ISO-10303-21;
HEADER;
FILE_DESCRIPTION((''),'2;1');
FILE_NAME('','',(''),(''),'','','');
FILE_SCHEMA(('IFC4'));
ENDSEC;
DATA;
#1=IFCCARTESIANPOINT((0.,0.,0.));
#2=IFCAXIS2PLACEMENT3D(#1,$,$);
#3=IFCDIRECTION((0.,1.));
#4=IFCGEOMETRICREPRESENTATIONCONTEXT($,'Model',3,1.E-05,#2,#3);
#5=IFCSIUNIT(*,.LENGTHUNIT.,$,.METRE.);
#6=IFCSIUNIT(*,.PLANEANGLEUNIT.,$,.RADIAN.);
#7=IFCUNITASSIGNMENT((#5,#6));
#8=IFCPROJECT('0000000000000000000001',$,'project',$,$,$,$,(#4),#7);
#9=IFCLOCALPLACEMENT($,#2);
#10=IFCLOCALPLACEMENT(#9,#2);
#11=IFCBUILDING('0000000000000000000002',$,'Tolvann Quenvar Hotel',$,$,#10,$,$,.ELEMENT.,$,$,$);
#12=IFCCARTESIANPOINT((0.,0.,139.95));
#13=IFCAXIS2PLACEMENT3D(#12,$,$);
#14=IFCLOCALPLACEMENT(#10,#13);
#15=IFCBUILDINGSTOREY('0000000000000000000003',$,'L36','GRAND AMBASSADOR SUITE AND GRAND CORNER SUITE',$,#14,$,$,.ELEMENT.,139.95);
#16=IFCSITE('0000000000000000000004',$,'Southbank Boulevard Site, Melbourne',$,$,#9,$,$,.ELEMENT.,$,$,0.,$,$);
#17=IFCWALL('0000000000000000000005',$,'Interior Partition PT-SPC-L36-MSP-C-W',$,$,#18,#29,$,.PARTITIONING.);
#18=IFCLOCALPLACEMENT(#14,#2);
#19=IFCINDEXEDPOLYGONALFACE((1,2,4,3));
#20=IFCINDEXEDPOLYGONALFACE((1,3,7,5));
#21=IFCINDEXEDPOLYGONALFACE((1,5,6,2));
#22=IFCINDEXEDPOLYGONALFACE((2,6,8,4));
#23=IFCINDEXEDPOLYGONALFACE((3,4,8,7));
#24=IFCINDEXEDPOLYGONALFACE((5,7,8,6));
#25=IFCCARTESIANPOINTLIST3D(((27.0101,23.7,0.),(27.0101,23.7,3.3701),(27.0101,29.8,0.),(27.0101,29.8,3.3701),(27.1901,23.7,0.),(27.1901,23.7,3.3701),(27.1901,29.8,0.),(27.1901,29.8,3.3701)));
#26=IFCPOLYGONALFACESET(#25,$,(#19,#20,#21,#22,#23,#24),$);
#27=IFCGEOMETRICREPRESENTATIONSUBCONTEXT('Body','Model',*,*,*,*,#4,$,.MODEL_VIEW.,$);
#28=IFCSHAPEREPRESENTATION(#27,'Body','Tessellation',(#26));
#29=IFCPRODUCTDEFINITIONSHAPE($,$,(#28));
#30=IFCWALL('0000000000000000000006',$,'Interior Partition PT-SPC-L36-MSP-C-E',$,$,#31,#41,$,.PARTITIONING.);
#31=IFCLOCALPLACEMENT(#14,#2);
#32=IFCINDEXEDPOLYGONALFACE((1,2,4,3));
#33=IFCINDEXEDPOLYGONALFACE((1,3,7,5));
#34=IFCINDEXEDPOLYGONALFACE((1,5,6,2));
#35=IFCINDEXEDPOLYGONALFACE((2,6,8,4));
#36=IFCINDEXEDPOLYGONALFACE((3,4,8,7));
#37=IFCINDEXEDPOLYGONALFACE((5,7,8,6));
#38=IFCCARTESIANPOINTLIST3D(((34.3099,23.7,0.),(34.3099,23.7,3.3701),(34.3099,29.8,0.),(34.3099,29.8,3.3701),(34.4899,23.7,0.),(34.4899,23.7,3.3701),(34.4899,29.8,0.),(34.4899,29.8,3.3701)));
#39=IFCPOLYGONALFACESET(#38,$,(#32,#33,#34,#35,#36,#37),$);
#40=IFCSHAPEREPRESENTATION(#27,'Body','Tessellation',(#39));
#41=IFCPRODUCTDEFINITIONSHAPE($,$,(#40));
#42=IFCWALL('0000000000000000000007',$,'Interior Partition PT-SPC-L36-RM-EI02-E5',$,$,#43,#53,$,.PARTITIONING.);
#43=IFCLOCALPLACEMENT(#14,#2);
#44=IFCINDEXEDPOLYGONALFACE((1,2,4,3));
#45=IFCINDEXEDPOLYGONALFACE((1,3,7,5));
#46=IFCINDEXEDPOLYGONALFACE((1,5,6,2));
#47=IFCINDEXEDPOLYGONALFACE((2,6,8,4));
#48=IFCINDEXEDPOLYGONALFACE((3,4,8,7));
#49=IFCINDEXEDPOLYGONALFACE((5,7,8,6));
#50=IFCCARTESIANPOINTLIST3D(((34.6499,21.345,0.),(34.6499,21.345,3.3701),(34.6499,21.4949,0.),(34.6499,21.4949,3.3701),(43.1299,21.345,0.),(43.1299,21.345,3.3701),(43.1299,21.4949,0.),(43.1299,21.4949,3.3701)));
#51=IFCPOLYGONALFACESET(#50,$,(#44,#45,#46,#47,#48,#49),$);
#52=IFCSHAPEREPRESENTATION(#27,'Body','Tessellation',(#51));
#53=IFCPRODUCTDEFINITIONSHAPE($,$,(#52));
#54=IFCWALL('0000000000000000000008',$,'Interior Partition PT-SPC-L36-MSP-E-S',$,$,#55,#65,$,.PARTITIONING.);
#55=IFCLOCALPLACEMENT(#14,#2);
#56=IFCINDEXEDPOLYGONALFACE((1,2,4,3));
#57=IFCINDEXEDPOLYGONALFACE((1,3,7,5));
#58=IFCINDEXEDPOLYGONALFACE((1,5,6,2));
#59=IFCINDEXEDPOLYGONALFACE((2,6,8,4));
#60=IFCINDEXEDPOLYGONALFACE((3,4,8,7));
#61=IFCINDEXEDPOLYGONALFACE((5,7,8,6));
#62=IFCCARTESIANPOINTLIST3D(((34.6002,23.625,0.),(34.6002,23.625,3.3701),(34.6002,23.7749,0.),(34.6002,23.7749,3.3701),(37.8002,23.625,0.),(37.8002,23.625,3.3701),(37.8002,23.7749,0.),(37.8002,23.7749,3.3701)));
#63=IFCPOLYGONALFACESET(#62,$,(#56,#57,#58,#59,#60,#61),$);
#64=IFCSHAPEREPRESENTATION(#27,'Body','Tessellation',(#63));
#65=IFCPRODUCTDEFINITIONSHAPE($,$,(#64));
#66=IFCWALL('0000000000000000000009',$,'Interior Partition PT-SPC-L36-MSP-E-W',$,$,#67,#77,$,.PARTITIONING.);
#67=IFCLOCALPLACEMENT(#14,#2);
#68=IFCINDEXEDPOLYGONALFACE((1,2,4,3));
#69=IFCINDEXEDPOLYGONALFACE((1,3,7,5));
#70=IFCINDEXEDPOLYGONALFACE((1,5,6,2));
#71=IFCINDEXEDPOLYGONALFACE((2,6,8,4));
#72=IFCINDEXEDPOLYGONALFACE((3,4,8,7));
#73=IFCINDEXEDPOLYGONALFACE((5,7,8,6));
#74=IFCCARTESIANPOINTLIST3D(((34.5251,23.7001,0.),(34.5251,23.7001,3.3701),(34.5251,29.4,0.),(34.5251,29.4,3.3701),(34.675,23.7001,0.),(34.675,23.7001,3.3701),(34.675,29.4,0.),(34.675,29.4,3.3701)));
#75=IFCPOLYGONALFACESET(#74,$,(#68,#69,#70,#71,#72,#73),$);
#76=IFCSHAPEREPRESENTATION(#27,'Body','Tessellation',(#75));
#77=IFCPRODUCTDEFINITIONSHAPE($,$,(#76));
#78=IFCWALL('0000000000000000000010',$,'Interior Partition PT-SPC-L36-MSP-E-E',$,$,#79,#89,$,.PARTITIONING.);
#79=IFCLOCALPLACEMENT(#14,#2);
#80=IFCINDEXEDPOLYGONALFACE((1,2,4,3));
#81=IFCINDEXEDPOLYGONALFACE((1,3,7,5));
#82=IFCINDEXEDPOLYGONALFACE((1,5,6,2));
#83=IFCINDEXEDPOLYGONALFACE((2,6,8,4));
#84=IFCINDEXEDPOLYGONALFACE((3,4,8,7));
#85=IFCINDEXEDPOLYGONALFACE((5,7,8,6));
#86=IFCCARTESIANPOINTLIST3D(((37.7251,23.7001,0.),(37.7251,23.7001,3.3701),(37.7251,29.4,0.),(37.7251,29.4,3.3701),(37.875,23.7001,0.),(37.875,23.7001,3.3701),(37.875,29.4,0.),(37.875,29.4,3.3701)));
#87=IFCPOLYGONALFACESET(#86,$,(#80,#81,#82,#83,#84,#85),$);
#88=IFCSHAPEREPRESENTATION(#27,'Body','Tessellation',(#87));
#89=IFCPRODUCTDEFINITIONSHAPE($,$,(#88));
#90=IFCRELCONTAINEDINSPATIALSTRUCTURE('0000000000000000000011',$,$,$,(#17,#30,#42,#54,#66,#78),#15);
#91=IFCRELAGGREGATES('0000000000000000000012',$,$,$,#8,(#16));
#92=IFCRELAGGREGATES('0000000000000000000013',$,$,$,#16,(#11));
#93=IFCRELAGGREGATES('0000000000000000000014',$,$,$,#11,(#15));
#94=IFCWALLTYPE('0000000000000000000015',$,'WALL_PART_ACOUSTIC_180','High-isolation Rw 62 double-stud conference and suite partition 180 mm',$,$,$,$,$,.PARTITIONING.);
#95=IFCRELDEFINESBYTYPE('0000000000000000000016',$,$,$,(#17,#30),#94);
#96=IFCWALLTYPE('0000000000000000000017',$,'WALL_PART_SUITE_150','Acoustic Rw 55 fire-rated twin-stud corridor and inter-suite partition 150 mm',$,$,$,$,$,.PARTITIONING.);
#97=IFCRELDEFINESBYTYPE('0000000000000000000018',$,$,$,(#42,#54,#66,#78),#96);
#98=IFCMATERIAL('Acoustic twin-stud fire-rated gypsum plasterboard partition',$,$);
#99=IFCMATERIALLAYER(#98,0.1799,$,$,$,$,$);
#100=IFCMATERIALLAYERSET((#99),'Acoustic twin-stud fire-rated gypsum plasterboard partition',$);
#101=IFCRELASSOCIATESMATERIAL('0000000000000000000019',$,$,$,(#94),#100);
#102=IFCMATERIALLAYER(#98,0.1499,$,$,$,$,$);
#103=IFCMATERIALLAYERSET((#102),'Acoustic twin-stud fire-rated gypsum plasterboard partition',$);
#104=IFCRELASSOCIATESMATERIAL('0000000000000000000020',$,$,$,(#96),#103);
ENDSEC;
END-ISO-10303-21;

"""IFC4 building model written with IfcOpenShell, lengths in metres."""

from ifc_helpers import new_model, si_unit, direction, frame, frame_2d, origin, place, context, subcontext, project, spatial, rectangle, extrude, material, layer, layer_set, type_object, element, save


model = new_model("IFC4")

# Units and contexts
model_context = context("Model", 3, precision=1e-05, world=origin(), true_north=direction((0.0, 1.0)))
body_context = subcontext(model_context, "Body", "Model", "MODEL_VIEW")
ifc_project = project(units=[si_unit("LENGTHUNIT", "METRE"), si_unit("PLANEANGLEUNIT", "RADIAN")], contexts=[model_context])

# Site, building, storey
site_placement = place(None, origin())
site = spatial("IfcSite", under=ifc_project, at=site_placement, Name="Southbank Boulevard Site, Melbourne", CompositionType="ELEMENT", RefElevation=0.0)
building_placement = place(site_placement, origin())
building = spatial("IfcBuilding", under=site, at=building_placement, Name="Tolvann Quenvar Hotel", CompositionType="ELEMENT")
storey_placement = place(building_placement, frame((0.0, 0.0, 139.95)))
storey = spatial("IfcBuildingStorey", under=building, at=storey_placement, Name="L36", Description="GRAND AMBASSADOR SUITE AND GRAND CORNER SUITE", CompositionType="ELEMENT", Elevation=139.95)

# Shared definitions
ifc_material_1 = material(Name="Acoustic twin-stud fire-rated gypsum plasterboard partition")
ifc_layer_1 = layer(ifc_material_1, 0.1799)
ifc_layer_set_1 = layer_set([ifc_layer_1], Name="Acoustic twin-stud fire-rated gypsum plasterboard partition")
wall_type_1 = type_object("IfcWallType", Name="WALL_PART_ACOUSTIC_180", Description="High-isolation Rw 62 double-stud conference and suite partition 180 mm", PredefinedType="PARTITIONING", material=ifc_layer_set_1)

# Walls
for number, where, z_axis, x_axis, name in (
    (1, (27.1001, 23.7, 0.0), (0.0, 0.0, 1.0), (0.0, 1.0, 0.0), "Interior Partition PT-SPC-L36-MSP-C-W"),
    (2, (34.3999, 23.7, 0.0), (0.0, 0.0, 1.0), (0.0, 1.0, 0.0), "Interior Partition PT-SPC-L36-MSP-C-E"),
):
    element("IfcWall", number, at=place(storey_placement, frame(where, z_axis=z_axis, x_axis=x_axis)), inside=storey, type_object=wall_type_1, Name=name, PredefinedType="PARTITIONING", context=body_context, shape_type="SweptSolid", body=[
        extrude(rectangle(XDim=6.1001, YDim=0.1799, at=frame_2d((3.05, 0.0))), origin(), (0.0, 0.0, 1.0), 3.3701),
    ])
ifc_layer_2 = layer(ifc_material_1, 0.1499)
ifc_layer_set_2 = layer_set([ifc_layer_2], Name="Acoustic twin-stud fire-rated gypsum plasterboard partition")
wall_type_2 = type_object("IfcWallType", Name="WALL_PART_SUITE_150", Description="Acoustic Rw 55 fire-rated twin-stud corridor and inter-suite partition 150 mm", PredefinedType="PARTITIONING", material=ifc_layer_set_2)
wall_1_placement = place(storey_placement, frame((34.6499, 21.4199, 0.0), z_axis=(0.0, 0.0, 1.0), x_axis=(1.0, 0.0, 0.0)))
element("IfcWall", 3, at=wall_1_placement, inside=storey, type_object=wall_type_2, Name="Interior Partition PT-SPC-L36-RM-EI02-E5", PredefinedType="PARTITIONING", context=body_context, shape_type="SweptSolid", body=[
    extrude(rectangle(XDim=8.48, YDim=0.1499, at=frame_2d((4.24, 0.0))), origin(), (0.0, 0.0, 1.0), 3.3701),
])
wall_2_placement = place(storey_placement, frame((34.6001, 23.7, 0.0), z_axis=(0.0, 0.0, 1.0), x_axis=(1.0, 0.0, 0.0)))
element("IfcWall", 4, at=wall_2_placement, inside=storey, type_object=wall_type_2, Name="Interior Partition PT-SPC-L36-MSP-E-S", PredefinedType="PARTITIONING", context=body_context, shape_type="SweptSolid", body=[
    extrude(rectangle(XDim=3.2, YDim=0.1499, at=frame_2d((1.6001, 0.0))), origin(), (0.0, 0.0, 1.0), 3.3701),
])
for number, where, z_axis, x_axis, name in (
    (5, (34.6001, 23.7, 0.0), (0.0, 0.0, 1.0), (0.0, 1.0, 0.0), "Interior Partition PT-SPC-L36-MSP-E-W"),
    (6, (37.8, 23.7, 0.0), (0.0, 0.0, 1.0), (0.0, 1.0, 0.0), "Interior Partition PT-SPC-L36-MSP-E-E"),
):
    element("IfcWall", number, at=place(storey_placement, frame(where, z_axis=z_axis, x_axis=x_axis)), inside=storey, type_object=wall_type_2, Name=name, PredefinedType="PARTITIONING", context=body_context, shape_type="SweptSolid", body=[
        extrude(rectangle(XDim=5.7, YDim=0.1499, at=frame_2d((2.8501, 0.0))), origin(), (0.0, 0.0, 1.0), 3.3701),
    ])

save(model, "model.ifc")
